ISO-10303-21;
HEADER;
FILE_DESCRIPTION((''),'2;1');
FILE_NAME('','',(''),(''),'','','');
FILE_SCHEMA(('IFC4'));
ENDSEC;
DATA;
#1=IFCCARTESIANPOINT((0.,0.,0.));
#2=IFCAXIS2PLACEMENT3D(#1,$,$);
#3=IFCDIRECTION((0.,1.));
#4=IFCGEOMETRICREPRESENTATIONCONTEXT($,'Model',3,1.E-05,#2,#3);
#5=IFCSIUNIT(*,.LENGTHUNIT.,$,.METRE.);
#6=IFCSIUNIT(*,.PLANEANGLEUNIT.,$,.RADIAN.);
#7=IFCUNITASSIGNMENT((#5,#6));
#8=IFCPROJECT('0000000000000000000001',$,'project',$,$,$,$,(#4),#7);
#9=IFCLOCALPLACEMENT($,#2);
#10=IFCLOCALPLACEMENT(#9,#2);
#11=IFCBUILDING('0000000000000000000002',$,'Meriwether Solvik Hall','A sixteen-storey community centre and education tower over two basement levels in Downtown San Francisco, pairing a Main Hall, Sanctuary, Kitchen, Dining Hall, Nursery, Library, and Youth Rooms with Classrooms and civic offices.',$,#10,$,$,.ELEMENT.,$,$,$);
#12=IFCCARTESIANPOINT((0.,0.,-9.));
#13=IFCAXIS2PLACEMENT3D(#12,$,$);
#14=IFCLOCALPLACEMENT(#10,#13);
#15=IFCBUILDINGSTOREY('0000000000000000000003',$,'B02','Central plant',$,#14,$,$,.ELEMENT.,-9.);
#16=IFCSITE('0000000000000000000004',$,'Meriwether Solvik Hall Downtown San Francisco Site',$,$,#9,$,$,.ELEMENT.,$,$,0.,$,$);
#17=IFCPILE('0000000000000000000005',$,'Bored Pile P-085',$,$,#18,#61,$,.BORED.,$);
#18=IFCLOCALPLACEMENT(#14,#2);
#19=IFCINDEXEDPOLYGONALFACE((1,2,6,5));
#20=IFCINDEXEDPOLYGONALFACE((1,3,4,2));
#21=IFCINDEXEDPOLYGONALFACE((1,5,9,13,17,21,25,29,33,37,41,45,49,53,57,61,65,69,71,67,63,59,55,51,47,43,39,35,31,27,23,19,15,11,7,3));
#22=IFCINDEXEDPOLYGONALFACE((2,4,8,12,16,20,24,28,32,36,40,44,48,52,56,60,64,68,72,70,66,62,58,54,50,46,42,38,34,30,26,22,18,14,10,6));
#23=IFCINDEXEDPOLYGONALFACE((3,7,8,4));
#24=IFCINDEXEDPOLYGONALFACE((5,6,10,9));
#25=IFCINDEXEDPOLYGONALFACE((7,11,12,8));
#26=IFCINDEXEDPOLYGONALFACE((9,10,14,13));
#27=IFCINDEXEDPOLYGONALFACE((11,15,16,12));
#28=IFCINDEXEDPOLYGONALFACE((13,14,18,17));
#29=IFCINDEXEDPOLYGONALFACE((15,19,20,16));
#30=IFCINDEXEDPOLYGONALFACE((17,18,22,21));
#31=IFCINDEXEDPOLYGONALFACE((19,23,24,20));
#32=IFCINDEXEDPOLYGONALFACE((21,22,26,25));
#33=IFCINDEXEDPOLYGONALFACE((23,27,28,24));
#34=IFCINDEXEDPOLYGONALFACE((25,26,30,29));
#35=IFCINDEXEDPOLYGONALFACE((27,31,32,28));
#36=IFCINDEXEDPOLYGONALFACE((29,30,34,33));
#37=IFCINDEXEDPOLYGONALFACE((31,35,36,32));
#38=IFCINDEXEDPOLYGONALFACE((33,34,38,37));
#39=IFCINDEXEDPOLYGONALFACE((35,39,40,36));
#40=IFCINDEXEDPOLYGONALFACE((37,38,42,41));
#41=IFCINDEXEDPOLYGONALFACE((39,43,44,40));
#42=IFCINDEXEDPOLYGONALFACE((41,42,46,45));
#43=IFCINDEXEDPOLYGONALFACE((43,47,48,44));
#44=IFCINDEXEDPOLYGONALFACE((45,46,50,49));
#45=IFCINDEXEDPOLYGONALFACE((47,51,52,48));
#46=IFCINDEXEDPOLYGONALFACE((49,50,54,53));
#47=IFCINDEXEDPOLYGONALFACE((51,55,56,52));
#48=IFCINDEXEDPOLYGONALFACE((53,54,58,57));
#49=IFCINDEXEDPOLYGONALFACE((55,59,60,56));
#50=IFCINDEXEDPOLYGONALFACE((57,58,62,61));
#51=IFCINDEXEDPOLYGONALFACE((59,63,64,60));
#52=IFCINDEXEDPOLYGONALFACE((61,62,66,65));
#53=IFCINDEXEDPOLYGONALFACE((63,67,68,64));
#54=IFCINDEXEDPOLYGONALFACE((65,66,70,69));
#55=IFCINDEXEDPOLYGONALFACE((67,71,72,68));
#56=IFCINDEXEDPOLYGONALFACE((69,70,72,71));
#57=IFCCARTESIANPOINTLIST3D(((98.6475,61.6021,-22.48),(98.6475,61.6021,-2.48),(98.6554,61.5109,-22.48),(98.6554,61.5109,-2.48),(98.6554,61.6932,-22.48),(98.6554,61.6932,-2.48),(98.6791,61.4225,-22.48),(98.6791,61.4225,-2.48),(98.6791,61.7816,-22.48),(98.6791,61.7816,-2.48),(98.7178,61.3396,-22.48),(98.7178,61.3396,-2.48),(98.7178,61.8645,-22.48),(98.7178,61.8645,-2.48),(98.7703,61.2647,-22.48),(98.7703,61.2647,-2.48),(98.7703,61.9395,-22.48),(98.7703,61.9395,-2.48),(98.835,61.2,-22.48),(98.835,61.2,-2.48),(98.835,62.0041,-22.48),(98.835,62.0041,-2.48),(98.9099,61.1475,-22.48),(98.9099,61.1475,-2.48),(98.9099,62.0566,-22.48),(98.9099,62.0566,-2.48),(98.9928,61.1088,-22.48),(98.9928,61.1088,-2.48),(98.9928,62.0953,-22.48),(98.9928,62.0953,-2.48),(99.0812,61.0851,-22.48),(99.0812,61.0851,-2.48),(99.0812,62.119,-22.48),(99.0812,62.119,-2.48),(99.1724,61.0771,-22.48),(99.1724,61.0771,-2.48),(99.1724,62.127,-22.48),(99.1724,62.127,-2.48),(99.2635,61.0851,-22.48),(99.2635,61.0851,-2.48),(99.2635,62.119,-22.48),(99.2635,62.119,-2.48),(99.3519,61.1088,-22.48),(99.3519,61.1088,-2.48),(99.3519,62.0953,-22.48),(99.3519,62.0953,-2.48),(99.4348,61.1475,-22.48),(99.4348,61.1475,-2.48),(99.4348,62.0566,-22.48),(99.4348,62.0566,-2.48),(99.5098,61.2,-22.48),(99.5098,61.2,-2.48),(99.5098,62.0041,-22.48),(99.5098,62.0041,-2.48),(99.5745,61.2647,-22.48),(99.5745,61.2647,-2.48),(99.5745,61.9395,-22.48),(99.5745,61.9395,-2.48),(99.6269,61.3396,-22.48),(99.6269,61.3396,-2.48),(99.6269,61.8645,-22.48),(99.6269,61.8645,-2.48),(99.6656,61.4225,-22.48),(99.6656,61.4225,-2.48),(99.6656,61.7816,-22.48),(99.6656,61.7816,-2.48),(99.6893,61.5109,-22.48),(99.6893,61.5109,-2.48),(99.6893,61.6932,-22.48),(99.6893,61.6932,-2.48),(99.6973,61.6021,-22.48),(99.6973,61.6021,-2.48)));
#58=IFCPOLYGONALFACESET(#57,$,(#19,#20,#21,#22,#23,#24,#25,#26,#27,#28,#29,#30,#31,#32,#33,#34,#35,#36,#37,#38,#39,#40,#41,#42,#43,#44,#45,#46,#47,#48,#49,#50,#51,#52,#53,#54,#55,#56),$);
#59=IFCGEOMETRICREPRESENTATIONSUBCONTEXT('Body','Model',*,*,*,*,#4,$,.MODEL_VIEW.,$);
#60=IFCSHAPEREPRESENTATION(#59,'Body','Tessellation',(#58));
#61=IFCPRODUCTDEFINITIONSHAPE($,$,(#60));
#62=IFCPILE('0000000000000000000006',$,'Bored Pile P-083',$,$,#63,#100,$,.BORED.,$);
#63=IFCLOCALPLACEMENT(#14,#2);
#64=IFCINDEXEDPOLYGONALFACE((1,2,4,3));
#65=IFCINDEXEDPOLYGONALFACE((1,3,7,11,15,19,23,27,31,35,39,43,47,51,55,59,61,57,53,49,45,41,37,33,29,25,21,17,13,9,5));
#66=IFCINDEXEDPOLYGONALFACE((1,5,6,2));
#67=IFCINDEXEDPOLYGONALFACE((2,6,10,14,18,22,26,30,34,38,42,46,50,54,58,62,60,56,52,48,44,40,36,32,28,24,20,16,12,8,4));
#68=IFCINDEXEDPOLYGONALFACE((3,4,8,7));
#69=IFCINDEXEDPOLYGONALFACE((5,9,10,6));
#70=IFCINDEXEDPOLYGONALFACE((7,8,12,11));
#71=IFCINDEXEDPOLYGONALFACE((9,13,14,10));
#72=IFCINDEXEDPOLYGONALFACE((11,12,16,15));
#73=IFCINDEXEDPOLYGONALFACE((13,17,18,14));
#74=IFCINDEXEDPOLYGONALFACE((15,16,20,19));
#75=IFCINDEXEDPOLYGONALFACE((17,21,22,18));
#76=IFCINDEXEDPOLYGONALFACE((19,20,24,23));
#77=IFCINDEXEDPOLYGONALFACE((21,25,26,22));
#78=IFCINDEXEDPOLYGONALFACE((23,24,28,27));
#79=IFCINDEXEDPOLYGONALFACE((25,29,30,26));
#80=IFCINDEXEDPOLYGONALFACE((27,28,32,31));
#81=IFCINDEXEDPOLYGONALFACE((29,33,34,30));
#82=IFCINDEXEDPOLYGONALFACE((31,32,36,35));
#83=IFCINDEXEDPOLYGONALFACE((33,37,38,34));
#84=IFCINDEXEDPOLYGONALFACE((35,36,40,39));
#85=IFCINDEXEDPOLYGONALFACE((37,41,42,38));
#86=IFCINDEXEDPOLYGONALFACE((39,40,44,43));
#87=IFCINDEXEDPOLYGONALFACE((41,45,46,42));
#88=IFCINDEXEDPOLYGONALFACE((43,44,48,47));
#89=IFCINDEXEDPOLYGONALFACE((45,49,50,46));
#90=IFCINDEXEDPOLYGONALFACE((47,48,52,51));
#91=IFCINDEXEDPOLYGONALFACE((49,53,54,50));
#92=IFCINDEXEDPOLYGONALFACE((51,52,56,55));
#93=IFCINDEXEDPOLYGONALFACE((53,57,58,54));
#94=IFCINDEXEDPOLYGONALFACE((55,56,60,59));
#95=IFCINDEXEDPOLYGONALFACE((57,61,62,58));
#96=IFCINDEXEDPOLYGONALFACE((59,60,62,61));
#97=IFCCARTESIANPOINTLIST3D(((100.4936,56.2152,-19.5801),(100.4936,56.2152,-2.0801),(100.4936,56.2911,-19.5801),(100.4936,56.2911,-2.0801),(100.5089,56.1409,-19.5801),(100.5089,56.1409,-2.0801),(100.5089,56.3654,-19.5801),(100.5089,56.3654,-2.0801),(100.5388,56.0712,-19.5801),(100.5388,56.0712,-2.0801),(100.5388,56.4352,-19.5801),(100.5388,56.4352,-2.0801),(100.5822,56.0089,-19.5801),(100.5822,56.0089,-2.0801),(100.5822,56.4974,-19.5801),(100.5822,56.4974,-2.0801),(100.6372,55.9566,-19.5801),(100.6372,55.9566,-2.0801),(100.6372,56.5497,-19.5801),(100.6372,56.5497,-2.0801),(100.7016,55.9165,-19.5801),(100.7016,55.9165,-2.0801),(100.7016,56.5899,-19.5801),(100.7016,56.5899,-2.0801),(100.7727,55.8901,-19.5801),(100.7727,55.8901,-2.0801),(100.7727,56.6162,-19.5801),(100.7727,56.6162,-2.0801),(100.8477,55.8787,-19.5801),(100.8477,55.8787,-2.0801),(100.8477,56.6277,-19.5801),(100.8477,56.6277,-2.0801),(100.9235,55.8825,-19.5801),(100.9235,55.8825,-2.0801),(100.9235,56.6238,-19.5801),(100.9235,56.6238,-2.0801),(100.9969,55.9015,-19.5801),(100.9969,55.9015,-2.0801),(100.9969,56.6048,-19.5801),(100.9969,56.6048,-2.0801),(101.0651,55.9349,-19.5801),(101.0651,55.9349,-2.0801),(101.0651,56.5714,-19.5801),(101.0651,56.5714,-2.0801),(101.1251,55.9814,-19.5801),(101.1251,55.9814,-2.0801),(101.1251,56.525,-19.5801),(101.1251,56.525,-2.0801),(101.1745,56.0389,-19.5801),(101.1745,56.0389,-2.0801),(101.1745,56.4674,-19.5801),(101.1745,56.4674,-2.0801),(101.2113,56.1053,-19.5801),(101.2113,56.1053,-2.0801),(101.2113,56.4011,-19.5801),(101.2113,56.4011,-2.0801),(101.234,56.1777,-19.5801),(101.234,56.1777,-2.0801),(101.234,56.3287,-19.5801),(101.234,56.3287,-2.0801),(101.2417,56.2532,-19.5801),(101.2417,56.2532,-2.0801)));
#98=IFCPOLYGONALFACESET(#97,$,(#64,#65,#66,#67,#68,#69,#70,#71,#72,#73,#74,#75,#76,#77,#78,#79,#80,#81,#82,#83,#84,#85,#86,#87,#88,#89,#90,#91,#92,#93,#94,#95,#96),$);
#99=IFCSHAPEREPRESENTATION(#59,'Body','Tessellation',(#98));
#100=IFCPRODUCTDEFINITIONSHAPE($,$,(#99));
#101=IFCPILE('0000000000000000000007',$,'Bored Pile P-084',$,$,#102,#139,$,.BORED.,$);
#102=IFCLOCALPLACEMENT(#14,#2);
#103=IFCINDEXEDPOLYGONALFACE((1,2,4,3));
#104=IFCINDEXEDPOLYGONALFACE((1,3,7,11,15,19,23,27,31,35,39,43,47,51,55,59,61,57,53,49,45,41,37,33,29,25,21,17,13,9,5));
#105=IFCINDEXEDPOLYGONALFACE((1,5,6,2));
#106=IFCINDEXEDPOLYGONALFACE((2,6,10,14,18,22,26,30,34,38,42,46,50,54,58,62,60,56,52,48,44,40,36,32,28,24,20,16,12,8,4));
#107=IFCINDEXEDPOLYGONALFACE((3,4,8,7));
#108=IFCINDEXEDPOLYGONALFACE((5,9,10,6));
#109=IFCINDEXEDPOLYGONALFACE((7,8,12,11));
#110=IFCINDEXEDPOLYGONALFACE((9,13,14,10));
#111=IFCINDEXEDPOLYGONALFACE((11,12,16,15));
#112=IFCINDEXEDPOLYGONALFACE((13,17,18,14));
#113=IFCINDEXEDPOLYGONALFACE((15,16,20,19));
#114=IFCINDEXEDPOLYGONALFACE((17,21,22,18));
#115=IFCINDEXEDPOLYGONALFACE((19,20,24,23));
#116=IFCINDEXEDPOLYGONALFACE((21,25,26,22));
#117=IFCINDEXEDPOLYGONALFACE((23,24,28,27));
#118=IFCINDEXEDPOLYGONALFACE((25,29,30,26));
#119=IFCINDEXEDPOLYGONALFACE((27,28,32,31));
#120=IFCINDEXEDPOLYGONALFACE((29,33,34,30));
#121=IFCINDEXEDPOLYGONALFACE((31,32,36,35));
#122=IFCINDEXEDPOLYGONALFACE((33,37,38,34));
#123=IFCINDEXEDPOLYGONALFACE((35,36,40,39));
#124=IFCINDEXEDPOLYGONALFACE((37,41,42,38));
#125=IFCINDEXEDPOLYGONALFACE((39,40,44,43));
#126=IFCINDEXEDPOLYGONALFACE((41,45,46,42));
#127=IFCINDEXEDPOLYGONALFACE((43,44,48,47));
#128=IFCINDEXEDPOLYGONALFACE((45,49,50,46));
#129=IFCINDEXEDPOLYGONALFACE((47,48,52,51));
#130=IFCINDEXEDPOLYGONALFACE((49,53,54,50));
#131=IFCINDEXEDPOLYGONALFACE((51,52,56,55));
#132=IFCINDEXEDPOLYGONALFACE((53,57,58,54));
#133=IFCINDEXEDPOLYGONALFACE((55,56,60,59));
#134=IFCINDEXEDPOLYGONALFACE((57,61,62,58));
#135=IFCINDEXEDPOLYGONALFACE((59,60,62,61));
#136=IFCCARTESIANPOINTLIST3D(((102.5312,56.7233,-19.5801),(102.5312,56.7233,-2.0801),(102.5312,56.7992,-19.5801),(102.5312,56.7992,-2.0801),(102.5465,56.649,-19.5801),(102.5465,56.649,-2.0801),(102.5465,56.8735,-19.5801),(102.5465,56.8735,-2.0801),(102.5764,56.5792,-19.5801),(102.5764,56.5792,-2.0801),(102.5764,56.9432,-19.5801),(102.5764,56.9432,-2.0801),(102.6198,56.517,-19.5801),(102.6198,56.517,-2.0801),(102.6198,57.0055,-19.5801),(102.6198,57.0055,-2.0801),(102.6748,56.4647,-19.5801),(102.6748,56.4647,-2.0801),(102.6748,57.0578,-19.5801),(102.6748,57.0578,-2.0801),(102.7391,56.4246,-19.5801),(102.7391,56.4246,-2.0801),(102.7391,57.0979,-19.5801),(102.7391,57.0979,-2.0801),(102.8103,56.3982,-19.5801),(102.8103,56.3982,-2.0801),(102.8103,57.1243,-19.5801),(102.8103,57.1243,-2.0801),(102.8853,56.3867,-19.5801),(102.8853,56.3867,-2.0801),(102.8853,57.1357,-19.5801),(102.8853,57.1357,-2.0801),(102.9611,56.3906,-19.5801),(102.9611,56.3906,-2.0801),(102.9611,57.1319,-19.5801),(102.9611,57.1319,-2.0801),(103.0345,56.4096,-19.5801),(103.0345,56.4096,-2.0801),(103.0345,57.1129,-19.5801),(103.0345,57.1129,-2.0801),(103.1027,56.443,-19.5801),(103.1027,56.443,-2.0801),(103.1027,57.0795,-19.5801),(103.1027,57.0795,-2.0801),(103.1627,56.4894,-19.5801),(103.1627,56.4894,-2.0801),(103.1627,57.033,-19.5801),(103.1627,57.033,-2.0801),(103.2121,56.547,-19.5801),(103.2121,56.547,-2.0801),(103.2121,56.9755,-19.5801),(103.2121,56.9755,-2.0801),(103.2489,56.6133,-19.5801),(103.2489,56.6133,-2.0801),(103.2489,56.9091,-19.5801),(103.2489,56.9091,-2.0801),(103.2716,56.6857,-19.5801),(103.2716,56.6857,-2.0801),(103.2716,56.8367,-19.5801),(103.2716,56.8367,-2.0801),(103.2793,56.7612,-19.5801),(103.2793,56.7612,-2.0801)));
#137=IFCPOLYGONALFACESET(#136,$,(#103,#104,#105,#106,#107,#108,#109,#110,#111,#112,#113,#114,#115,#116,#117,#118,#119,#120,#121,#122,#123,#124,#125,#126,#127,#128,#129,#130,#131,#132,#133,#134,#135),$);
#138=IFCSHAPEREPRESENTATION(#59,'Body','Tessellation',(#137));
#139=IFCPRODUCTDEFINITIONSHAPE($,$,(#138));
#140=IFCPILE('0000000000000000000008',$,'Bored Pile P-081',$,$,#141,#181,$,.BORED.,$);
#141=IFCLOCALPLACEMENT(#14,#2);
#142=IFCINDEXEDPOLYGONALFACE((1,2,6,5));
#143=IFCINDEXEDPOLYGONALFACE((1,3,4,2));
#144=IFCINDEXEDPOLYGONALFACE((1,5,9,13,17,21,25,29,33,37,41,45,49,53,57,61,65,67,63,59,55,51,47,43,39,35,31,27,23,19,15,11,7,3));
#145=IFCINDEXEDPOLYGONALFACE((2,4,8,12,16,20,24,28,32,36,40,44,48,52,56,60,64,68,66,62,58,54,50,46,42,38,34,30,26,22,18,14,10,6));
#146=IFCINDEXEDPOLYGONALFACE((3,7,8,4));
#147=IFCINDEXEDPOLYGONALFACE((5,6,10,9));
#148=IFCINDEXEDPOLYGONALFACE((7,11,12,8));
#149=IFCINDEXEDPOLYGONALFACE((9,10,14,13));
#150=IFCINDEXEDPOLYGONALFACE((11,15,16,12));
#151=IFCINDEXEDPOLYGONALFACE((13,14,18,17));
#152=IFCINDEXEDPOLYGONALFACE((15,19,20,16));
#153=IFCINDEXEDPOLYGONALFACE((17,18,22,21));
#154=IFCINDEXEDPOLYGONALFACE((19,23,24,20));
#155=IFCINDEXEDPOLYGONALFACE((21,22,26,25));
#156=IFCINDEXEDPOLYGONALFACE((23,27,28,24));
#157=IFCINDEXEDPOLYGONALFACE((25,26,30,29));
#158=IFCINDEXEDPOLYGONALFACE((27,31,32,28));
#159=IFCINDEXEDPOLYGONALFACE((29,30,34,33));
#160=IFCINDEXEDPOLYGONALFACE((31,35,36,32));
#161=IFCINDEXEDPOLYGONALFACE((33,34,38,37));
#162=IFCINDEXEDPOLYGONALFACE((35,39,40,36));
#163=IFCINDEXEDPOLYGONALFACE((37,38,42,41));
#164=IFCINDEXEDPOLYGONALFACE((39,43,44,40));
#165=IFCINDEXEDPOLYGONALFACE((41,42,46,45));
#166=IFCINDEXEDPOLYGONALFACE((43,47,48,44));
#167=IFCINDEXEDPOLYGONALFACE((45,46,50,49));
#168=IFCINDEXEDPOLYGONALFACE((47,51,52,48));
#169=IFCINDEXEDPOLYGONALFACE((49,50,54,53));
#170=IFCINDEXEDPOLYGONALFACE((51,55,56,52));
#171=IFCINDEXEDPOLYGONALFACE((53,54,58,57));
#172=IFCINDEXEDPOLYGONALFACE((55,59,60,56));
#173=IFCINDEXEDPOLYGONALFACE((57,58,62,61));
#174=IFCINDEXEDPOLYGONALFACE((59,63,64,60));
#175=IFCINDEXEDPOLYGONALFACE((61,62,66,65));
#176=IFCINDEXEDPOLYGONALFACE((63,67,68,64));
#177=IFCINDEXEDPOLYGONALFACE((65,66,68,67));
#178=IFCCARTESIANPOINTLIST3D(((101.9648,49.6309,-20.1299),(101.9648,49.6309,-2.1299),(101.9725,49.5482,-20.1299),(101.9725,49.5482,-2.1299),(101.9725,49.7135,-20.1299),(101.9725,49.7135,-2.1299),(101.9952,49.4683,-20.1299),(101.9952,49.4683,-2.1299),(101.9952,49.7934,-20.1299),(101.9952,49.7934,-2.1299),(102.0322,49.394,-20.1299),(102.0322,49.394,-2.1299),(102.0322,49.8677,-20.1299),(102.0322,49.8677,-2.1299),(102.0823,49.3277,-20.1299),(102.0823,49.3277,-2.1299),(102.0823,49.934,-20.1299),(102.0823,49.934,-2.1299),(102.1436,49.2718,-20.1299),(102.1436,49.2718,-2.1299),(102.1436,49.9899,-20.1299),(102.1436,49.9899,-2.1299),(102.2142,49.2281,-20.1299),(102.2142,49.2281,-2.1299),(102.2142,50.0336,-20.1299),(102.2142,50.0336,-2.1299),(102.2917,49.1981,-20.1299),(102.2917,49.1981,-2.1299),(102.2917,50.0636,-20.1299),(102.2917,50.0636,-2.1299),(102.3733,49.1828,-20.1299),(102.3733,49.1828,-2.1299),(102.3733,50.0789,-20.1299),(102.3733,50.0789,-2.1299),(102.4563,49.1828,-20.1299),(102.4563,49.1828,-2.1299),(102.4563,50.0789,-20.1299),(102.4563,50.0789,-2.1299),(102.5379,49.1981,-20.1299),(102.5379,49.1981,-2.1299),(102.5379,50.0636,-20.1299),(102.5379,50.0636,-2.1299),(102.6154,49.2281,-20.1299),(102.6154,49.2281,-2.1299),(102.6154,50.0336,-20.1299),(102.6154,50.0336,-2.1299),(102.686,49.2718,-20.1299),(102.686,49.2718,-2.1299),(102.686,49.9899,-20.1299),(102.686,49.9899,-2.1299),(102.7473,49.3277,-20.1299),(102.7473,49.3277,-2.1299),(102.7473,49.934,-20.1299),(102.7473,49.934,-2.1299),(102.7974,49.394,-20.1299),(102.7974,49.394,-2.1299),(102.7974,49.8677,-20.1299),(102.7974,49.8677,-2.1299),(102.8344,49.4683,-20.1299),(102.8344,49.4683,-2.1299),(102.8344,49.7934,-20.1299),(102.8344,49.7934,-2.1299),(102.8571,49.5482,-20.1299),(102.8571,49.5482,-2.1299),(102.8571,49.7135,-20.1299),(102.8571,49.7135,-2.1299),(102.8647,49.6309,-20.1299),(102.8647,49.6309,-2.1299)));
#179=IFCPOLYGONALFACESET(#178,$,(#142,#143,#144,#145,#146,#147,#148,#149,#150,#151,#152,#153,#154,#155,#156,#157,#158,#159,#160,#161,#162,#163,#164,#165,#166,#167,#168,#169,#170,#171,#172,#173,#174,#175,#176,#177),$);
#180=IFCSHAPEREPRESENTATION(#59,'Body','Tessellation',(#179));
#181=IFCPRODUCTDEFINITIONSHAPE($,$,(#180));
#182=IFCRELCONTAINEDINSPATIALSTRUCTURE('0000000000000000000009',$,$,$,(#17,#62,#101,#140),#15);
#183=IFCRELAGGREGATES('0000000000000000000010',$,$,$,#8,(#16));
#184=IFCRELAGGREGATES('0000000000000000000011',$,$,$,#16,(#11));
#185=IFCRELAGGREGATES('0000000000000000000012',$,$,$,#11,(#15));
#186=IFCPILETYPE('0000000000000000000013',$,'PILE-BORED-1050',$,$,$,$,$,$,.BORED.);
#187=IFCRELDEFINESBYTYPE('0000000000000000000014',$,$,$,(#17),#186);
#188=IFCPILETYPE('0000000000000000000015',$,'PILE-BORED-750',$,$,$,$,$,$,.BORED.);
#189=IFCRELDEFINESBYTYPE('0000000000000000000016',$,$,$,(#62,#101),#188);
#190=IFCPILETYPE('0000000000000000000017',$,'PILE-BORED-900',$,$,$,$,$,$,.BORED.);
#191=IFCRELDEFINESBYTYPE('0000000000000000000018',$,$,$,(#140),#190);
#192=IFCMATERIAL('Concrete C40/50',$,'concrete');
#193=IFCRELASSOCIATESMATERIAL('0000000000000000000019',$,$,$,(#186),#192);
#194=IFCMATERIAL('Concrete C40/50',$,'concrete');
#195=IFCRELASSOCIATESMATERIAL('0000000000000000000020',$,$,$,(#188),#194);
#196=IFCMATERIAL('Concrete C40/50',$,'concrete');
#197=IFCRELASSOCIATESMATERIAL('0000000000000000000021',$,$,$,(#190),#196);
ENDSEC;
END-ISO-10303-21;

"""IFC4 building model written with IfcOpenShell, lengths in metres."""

from ifc_helpers import new_model, si_unit, direction, frame, origin, origin_2d, place, context, subcontext, project, spatial, circle, extrude, material, material_profile, profile_set, type_object, element, save


model = new_model("IFC4")

# Units and contexts
model_context = context("Model", 3, precision=1e-05, world=origin(), true_north=direction((0.0, 1.0)))
body_context = subcontext(model_context, "Body", "Model", "MODEL_VIEW")
ifc_project = project(units=[si_unit("LENGTHUNIT", "METRE"), si_unit("PLANEANGLEUNIT", "RADIAN")], contexts=[model_context])

# Site, building, storey
site_placement = place(None, origin())
site = spatial("IfcSite", under=ifc_project, at=site_placement, Name="Meriwether Solvik Hall Downtown San Francisco Site", CompositionType="ELEMENT", RefElevation=0.0)
building_placement = place(site_placement, origin())
building = spatial("IfcBuilding", under=site, at=building_placement, Name="Meriwether Solvik Hall", Description="A sixteen-storey community centre and education tower over two basement levels in Downtown San Francisco, pairing a Main Hall, Sanctuary, Kitchen, Dining Hall, Nursery, Library, and Youth Rooms with Classrooms and civic offices.", CompositionType="ELEMENT")
storey_placement = place(building_placement, frame((0.0, 0.0, -9.0)))
storey = spatial("IfcBuildingStorey", under=building, at=storey_placement, Name="B02", Description="Central plant", CompositionType="ELEMENT", Elevation=-9.0)

# Piles
ifc_material_1 = material(Name="Concrete C40/50", Category="concrete")
ifc_material_profile_1 = material_profile(ifc_material_1, circle(Radius=0.5249, at=origin_2d()), Name="PILE-D1050")
ifc_profile_set_1 = profile_set([ifc_material_profile_1], Name="Concrete C40/50")
pile_type_1 = type_object("IfcPileType", Name="PILE-BORED-1050", PredefinedType="BORED", material=ifc_profile_set_1)
for number, where, z_axis, x_axis, name in (
    (1, (99.1724, 61.6021, -2.48), (0.0, 0.0, -1.0), (1.0, 0.0, 0.0), "Bored Pile P-085"),
):
    element("IfcPile", number, at=place(storey_placement, frame(where, z_axis=z_axis, x_axis=x_axis)), inside=storey, type_object=pile_type_1, Name=name, PredefinedType="BORED", context=body_context, shape_type="SweptSolid", body=[
        extrude(circle(Radius=0.5249, at=origin_2d()), origin(), (0.0, 0.0, 1.0), 20.0),
    ])
ifc_material_2 = material(Name="Concrete C40/50", Category="concrete")
ifc_material_profile_2 = material_profile(ifc_material_2, circle(Radius=0.375, at=origin_2d()), Name="PILE-D750")
ifc_profile_set_2 = profile_set([ifc_material_profile_2], Name="Concrete C40/50")
pile_type_2 = type_object("IfcPileType", Name="PILE-BORED-750", PredefinedType="BORED", material=ifc_profile_set_2)
for number, where, z_axis, x_axis, name in (
    (2, (100.8667, 56.2532, -2.0801), (0.0, 0.0, -1.0), (1.0, 0.0, 0.0), "Bored Pile P-083"),
    (3, (102.9043, 56.7612, -2.0801), (0.0, 0.0, -1.0), (1.0, 0.0, 0.0), "Bored Pile P-084"),
):
    element("IfcPile", number, at=place(storey_placement, frame(where, z_axis=z_axis, x_axis=x_axis)), inside=storey, type_object=pile_type_2, Name=name, PredefinedType="BORED", context=body_context, shape_type="SweptSolid", body=[
        extrude(circle(Radius=0.375, at=origin_2d()), origin(), (0.0, 0.0, 1.0), 17.5),
    ])
ifc_material_3 = material(Name="Concrete C40/50", Category="concrete")
ifc_material_profile_3 = material_profile(ifc_material_3, circle(Radius=0.45, at=origin_2d()), Name="PILE-D900")
ifc_profile_set_3 = profile_set([ifc_material_profile_3], Name="Concrete C40/50")
pile_type_3 = type_object("IfcPileType", Name="PILE-BORED-900", PredefinedType="BORED", material=ifc_profile_set_3)
for number, where, z_axis, x_axis, name in (
    (4, (102.4148, 49.6309, -2.1299), (0.0, 0.0, -1.0), (1.0, 0.0, 0.0), "Bored Pile P-081"),
):
    element("IfcPile", number, at=place(storey_placement, frame(where, z_axis=z_axis, x_axis=x_axis)), inside=storey, type_object=pile_type_3, Name=name, PredefinedType="BORED", context=body_context, shape_type="SweptSolid", body=[
        extrude(circle(Radius=0.45, at=origin_2d()), origin(), (0.0, 0.0, 1.0), 18.0),
    ])

save(model, "model.ifc")
